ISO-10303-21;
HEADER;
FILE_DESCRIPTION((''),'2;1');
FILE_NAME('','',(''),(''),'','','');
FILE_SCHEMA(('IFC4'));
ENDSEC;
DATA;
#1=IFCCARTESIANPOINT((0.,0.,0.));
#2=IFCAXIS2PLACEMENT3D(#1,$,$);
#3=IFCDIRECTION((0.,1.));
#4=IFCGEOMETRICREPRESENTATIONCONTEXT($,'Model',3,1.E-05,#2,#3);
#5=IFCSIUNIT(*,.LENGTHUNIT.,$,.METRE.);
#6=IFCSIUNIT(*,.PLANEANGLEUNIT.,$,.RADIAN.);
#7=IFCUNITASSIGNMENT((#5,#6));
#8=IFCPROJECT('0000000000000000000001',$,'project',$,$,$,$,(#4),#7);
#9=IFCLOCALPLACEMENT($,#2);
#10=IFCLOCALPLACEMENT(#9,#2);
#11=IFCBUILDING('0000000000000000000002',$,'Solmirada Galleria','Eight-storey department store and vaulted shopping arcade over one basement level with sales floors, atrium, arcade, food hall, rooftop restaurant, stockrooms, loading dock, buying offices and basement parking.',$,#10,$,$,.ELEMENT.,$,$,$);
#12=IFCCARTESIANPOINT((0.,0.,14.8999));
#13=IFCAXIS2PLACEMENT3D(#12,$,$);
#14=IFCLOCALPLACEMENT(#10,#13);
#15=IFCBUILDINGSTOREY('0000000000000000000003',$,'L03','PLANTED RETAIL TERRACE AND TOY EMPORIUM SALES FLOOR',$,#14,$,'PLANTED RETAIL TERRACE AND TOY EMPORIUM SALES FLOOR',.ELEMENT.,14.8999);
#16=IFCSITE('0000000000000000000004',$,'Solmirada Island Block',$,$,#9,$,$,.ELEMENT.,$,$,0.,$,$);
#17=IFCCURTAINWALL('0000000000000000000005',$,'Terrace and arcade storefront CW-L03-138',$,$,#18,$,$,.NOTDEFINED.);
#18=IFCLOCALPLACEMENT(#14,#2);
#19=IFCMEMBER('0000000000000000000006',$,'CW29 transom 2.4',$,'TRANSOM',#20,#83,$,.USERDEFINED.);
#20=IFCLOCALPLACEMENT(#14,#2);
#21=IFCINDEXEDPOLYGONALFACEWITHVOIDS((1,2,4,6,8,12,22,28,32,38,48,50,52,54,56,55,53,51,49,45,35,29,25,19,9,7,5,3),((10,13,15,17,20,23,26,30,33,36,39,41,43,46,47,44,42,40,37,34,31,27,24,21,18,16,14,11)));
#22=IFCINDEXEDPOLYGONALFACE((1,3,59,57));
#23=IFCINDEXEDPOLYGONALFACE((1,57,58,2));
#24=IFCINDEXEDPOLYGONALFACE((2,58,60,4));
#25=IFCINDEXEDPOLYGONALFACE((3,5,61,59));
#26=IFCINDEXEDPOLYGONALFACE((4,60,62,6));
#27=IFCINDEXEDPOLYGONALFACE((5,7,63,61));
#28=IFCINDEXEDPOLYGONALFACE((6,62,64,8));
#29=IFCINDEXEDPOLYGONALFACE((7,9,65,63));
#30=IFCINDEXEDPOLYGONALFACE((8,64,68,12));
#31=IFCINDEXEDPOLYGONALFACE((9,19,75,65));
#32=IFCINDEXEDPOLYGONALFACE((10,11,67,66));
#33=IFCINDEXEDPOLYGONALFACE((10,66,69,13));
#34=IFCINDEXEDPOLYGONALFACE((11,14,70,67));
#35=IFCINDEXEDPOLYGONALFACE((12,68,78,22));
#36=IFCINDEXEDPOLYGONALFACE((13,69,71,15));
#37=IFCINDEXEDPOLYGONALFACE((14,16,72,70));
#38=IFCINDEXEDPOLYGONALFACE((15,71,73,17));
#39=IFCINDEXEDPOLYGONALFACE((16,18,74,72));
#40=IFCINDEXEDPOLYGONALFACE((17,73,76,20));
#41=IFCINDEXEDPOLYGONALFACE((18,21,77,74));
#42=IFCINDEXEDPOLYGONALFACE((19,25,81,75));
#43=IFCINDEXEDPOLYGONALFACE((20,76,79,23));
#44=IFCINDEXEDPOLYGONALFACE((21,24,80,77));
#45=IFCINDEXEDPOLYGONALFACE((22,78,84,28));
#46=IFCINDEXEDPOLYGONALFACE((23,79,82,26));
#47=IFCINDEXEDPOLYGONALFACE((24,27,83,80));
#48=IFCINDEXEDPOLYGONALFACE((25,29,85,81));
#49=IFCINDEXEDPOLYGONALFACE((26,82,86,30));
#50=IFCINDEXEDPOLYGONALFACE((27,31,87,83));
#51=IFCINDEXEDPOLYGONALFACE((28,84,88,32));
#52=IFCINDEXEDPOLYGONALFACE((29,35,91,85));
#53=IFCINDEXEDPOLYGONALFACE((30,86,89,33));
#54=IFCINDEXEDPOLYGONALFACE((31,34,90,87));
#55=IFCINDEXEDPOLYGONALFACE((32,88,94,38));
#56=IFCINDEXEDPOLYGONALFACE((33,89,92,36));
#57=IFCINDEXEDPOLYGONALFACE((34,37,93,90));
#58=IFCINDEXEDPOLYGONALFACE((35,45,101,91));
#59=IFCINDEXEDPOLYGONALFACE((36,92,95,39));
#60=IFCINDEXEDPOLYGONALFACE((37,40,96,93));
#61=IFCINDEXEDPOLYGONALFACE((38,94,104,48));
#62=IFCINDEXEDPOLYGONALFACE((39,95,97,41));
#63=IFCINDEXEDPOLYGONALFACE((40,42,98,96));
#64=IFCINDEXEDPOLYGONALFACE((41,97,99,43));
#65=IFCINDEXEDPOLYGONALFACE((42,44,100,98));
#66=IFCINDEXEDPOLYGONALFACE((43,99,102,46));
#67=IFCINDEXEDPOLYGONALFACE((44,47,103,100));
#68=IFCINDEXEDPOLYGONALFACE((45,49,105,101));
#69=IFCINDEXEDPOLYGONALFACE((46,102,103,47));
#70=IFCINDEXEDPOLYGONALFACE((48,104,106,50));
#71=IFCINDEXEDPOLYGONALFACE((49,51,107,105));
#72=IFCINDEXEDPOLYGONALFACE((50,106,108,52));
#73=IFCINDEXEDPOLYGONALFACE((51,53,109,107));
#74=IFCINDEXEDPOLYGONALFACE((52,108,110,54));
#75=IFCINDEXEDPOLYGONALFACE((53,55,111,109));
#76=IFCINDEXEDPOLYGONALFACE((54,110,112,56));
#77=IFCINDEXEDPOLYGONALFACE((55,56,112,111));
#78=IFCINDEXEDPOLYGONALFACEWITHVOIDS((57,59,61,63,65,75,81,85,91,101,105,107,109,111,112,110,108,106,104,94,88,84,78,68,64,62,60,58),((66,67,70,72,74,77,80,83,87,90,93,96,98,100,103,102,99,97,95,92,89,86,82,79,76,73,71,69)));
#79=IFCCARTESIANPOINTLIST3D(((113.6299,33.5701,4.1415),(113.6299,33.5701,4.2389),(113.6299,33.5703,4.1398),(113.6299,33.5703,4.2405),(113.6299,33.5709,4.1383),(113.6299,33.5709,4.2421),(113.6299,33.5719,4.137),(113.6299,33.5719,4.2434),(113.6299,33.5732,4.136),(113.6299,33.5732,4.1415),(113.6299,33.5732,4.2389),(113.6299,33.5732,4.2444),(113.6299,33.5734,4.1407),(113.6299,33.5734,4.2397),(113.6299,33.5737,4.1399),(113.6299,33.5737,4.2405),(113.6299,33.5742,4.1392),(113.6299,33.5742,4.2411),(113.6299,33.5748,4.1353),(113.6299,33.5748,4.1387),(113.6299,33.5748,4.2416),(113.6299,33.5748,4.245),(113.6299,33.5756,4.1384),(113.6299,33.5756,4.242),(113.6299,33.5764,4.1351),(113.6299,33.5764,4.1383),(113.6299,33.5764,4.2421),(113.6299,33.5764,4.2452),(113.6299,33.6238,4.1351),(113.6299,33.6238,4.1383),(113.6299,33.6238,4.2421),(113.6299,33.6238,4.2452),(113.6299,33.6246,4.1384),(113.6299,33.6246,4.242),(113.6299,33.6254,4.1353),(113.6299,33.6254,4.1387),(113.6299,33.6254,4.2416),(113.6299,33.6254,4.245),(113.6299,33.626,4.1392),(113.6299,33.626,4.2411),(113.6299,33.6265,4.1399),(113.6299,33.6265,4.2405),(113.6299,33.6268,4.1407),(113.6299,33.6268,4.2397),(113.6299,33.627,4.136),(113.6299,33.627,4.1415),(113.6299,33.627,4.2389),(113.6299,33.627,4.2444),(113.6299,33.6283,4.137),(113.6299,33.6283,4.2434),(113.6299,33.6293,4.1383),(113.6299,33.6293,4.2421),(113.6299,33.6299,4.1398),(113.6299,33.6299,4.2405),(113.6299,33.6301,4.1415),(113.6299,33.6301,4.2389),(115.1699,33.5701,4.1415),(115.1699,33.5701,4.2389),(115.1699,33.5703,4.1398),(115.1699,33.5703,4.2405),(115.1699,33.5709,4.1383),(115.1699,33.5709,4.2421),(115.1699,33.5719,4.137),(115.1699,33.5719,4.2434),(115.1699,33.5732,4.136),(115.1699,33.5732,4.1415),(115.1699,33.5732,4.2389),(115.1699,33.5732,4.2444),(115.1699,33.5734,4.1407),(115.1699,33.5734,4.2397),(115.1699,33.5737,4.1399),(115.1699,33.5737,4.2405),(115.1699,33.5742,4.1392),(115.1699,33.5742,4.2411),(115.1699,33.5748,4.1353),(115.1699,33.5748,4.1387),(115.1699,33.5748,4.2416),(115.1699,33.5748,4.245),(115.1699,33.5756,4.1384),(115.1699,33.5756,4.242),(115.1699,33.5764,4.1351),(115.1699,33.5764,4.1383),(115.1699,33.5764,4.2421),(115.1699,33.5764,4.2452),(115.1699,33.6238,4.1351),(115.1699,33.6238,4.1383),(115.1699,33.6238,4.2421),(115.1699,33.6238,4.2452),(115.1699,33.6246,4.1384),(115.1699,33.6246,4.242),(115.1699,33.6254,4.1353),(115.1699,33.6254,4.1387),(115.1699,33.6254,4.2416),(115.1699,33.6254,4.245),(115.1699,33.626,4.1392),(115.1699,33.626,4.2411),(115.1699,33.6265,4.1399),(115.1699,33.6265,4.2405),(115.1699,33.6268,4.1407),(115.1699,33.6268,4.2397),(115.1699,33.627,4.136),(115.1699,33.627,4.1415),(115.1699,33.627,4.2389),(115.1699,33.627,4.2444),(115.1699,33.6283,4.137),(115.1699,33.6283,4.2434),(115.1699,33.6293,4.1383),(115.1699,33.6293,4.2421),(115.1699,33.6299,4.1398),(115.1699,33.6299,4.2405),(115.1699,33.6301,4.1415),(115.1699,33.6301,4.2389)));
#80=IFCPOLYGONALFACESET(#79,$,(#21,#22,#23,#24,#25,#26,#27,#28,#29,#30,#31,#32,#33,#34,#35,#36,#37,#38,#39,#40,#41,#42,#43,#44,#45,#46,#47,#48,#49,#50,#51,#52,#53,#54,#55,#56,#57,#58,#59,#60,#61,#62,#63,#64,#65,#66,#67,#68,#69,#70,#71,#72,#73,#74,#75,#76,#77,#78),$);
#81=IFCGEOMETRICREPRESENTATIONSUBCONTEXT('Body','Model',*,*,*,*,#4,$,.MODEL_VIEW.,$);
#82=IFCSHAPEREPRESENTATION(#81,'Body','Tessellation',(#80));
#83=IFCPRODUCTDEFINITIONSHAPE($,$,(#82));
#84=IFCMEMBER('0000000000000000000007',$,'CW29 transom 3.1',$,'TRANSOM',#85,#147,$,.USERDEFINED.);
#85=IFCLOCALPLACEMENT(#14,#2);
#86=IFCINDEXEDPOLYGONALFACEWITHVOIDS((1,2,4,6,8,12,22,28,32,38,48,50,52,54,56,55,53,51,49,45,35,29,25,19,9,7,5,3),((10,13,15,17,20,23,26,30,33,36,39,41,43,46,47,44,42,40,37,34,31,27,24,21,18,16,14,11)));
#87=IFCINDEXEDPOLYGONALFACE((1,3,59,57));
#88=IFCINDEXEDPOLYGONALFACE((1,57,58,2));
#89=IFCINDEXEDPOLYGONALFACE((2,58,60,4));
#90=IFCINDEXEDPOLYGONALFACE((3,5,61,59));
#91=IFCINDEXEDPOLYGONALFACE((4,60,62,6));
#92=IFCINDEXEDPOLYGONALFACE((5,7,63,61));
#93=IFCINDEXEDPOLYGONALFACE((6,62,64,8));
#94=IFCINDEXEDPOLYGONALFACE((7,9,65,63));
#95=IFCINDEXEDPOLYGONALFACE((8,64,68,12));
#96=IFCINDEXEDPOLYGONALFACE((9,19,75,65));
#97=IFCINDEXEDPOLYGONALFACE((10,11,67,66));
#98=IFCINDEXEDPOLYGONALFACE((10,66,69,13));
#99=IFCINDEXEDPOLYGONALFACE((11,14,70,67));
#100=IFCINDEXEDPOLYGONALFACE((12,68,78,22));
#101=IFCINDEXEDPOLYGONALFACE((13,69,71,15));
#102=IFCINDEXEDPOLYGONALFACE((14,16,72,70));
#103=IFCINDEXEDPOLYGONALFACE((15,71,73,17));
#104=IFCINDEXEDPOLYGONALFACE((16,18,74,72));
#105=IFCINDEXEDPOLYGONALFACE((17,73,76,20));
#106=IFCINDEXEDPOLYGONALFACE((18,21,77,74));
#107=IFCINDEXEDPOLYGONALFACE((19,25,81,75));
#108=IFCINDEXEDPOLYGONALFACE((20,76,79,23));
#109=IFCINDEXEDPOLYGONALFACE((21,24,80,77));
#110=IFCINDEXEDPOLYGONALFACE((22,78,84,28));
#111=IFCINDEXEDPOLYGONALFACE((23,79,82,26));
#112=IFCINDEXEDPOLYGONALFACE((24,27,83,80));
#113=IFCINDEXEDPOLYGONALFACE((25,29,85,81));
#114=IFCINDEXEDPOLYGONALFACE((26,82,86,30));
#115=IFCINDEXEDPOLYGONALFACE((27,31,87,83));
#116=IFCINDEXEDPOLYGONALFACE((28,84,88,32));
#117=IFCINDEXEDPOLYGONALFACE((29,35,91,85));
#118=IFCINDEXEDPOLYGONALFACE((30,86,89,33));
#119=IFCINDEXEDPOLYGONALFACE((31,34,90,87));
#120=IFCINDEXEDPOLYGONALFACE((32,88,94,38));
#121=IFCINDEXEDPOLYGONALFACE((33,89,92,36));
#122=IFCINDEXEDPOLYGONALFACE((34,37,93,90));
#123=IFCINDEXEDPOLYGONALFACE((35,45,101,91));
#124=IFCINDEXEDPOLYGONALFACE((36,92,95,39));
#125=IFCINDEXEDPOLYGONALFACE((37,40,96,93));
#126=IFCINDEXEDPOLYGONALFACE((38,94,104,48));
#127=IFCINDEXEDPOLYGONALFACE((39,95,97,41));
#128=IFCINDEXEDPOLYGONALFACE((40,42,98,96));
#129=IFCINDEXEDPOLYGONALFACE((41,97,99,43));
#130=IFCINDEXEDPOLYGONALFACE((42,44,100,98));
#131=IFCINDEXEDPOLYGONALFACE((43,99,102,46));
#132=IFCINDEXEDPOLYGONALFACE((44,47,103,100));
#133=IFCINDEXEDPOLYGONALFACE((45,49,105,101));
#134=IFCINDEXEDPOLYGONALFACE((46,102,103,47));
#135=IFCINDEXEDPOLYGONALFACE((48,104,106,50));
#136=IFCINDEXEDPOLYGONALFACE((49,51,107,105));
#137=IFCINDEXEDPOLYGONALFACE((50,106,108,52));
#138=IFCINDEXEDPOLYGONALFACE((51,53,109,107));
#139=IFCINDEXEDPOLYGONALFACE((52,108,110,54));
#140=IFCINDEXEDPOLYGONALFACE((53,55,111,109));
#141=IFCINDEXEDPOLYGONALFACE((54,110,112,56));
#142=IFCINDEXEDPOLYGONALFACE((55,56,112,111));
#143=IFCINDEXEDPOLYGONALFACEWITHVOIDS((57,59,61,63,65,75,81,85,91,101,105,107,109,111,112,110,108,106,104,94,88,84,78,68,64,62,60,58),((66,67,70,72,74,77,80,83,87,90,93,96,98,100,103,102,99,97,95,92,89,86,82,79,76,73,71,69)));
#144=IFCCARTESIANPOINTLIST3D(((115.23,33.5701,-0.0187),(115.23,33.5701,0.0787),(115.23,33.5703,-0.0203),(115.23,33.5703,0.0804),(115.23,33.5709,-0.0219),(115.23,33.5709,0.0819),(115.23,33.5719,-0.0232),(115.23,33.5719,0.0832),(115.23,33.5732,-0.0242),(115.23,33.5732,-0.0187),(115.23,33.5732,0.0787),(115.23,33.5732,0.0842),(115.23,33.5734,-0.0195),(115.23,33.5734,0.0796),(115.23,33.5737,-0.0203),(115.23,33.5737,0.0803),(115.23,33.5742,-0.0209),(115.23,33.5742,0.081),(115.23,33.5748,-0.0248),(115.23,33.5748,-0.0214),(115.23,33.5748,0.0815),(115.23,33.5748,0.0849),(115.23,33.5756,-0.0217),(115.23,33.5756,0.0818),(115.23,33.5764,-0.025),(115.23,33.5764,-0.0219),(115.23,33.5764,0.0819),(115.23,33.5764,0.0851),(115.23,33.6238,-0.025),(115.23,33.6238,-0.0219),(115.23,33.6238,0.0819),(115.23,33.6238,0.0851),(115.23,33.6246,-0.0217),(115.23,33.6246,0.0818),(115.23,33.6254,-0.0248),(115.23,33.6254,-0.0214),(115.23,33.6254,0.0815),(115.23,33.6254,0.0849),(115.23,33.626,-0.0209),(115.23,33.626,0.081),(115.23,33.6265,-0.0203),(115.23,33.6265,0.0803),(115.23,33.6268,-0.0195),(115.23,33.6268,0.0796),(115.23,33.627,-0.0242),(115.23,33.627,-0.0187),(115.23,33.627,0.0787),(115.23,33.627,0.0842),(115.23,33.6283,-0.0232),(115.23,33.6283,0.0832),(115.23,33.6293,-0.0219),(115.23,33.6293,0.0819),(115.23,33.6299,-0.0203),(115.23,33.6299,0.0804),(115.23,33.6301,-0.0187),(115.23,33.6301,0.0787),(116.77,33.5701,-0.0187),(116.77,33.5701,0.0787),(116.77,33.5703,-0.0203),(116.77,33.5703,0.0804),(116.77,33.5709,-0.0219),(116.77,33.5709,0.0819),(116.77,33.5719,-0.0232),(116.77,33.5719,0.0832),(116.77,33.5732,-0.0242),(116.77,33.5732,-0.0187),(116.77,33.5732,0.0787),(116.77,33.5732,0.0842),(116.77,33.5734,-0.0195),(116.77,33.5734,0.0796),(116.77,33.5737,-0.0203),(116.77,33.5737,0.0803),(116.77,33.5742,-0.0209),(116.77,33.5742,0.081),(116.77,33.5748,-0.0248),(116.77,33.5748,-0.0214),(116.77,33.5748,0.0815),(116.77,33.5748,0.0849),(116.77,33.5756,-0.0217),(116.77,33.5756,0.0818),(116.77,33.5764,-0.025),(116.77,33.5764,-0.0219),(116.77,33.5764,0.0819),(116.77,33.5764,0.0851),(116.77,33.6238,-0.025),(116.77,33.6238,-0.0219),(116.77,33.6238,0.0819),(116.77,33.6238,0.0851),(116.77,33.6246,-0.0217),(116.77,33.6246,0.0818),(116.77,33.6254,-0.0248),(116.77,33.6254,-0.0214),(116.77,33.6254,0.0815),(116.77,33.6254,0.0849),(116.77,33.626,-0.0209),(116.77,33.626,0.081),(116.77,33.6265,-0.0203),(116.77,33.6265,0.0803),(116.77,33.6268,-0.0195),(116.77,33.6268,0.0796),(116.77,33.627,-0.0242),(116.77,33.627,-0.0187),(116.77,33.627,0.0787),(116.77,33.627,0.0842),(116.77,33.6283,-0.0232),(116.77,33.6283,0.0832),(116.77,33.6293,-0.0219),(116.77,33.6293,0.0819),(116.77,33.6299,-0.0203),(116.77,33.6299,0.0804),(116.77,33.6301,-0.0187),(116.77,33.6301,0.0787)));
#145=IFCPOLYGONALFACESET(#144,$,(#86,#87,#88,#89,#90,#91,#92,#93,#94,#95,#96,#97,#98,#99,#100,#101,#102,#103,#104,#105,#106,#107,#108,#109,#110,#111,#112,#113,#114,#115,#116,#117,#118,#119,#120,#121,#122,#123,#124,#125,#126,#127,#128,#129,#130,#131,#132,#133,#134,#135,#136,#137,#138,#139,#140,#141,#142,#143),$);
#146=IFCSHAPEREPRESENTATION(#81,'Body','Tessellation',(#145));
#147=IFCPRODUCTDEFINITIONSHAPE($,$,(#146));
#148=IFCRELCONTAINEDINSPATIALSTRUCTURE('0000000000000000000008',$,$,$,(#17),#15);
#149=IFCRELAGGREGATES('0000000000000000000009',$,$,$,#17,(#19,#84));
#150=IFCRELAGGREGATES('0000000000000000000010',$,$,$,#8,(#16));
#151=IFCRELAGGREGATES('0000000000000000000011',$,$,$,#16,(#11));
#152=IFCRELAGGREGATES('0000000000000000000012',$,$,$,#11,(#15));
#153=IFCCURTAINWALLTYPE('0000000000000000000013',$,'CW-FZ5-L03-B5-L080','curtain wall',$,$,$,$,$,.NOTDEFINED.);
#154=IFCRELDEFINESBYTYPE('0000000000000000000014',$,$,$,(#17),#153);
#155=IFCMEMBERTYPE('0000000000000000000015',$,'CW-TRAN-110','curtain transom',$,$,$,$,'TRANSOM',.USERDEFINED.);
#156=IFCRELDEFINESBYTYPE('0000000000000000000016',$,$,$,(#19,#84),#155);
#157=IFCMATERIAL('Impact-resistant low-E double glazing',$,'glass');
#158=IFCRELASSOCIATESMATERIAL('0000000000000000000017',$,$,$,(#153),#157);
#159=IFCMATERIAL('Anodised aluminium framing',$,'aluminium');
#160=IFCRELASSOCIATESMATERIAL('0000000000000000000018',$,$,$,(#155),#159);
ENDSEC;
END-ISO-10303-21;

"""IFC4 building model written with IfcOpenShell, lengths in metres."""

from ifc_helpers import new_model, si_unit, direction, frame, origin, origin_2d, place, context, subcontext, project, spatial, hollow_rectangle, extrude, material, material_profile, profile_set, type_object, element, aggregate, save


model = new_model("IFC4")

# Units and contexts
model_context = context("Model", 3, precision=1e-05, world=origin(), true_north=direction((0.0, 1.0)))
body_context = subcontext(model_context, "Body", "Model", "MODEL_VIEW")
ifc_project = project(units=[si_unit("LENGTHUNIT", "METRE"), si_unit("PLANEANGLEUNIT", "RADIAN")], contexts=[model_context])

# Site, building, storey
site_placement = place(None, origin())
site = spatial("IfcSite", under=ifc_project, at=site_placement, Name="Solmirada Island Block", CompositionType="ELEMENT", RefElevation=0.0)
building_placement = place(site_placement, origin())
building = spatial("IfcBuilding", under=site, at=building_placement, Name="Solmirada Galleria", Description="Eight-storey department store and vaulted shopping arcade over one basement level with sales floors, atrium, arcade, food hall, rooftop restaurant, stockrooms, loading dock, buying offices and basement parking.", CompositionType="ELEMENT")
storey_placement = place(building_placement, frame((0.0, 0.0, 14.8999)))
storey = spatial("IfcBuildingStorey", under=building, at=storey_placement, Name="L03", Description="PLANTED RETAIL TERRACE AND TOY EMPORIUM SALES FLOOR", LongName="PLANTED RETAIL TERRACE AND TOY EMPORIUM SALES FLOOR", CompositionType="ELEMENT", Elevation=14.8999)

# Curtain wall, members
ifc_material_1 = material(Name="Impact-resistant low-E double glazing", Category="glass")
curtain_wall_type = type_object("IfcCurtainWallType", Name="CW-FZ5-L03-B5-L080", Description="curtain wall", PredefinedType="NOTDEFINED", material=ifc_material_1)
curtain_wall_placement = place(storey_placement, origin())
curtain_wall = element("IfcCurtainWall", 1, at=curtain_wall_placement, inside=storey, type_object=curtain_wall_type, Name="Terrace and arcade storefront CW-L03-138", PredefinedType="NOTDEFINED")
ifc_material_2 = material(Name="Anodised aluminium framing", Category="aluminium")
ifc_material_profile_1 = material_profile(ifc_material_2, hollow_rectangle(XDim=0.0601, YDim=0.1101, WallThickness=0.0032, InnerFilletRadius=0.0032, OuterFilletRadius=0.0063, at=origin_2d()), Name="ALU-TRAN-110X60")
ifc_profile_set_1 = profile_set([ifc_material_profile_1], Name="Anodised aluminium framing")
member_type_1 = type_object("IfcMemberType", Name="CW-TRAN-110", Description="curtain transom", ElementType="TRANSOM", PredefinedType="USERDEFINED", material=ifc_profile_set_1)
member_1_placement = place(storey_placement, frame((113.6299, 33.6001, 4.1902), z_axis=(1.0, 0.0, 0.0), x_axis=(0.0, 1.0, 0.0)))
member_1 = element("IfcMember", 2, at=member_1_placement, type_object=member_type_1, Name="CW29 transom 2.4", ObjectType="TRANSOM", PredefinedType="USERDEFINED", context=body_context, shape_type="SweptSolid", body=[
    extrude(hollow_rectangle(XDim=0.0601, YDim=0.1101, WallThickness=0.0032, InnerFilletRadius=0.0032, OuterFilletRadius=0.0063, at=origin_2d()), origin(), (0.0, 0.0, 1.0), 1.54),
])
member_2_placement = place(storey_placement, frame((115.23, 33.6001, 0.03), z_axis=(1.0, 0.0, 0.0), x_axis=(0.0, 1.0, 0.0)))
member_2 = element("IfcMember", 3, at=member_2_placement, type_object=member_type_1, Name="CW29 transom 3.1", ObjectType="TRANSOM", PredefinedType="USERDEFINED", context=body_context, shape_type="SweptSolid", body=[
    extrude(hollow_rectangle(XDim=0.0601, YDim=0.1101, WallThickness=0.0032, InnerFilletRadius=0.0032, OuterFilletRadius=0.0063, at=origin_2d()), origin(), (0.0, 0.0, 1.0), 1.54),
])
aggregate(curtain_wall, [member_1, member_2])

save(model, "model.ifc")
